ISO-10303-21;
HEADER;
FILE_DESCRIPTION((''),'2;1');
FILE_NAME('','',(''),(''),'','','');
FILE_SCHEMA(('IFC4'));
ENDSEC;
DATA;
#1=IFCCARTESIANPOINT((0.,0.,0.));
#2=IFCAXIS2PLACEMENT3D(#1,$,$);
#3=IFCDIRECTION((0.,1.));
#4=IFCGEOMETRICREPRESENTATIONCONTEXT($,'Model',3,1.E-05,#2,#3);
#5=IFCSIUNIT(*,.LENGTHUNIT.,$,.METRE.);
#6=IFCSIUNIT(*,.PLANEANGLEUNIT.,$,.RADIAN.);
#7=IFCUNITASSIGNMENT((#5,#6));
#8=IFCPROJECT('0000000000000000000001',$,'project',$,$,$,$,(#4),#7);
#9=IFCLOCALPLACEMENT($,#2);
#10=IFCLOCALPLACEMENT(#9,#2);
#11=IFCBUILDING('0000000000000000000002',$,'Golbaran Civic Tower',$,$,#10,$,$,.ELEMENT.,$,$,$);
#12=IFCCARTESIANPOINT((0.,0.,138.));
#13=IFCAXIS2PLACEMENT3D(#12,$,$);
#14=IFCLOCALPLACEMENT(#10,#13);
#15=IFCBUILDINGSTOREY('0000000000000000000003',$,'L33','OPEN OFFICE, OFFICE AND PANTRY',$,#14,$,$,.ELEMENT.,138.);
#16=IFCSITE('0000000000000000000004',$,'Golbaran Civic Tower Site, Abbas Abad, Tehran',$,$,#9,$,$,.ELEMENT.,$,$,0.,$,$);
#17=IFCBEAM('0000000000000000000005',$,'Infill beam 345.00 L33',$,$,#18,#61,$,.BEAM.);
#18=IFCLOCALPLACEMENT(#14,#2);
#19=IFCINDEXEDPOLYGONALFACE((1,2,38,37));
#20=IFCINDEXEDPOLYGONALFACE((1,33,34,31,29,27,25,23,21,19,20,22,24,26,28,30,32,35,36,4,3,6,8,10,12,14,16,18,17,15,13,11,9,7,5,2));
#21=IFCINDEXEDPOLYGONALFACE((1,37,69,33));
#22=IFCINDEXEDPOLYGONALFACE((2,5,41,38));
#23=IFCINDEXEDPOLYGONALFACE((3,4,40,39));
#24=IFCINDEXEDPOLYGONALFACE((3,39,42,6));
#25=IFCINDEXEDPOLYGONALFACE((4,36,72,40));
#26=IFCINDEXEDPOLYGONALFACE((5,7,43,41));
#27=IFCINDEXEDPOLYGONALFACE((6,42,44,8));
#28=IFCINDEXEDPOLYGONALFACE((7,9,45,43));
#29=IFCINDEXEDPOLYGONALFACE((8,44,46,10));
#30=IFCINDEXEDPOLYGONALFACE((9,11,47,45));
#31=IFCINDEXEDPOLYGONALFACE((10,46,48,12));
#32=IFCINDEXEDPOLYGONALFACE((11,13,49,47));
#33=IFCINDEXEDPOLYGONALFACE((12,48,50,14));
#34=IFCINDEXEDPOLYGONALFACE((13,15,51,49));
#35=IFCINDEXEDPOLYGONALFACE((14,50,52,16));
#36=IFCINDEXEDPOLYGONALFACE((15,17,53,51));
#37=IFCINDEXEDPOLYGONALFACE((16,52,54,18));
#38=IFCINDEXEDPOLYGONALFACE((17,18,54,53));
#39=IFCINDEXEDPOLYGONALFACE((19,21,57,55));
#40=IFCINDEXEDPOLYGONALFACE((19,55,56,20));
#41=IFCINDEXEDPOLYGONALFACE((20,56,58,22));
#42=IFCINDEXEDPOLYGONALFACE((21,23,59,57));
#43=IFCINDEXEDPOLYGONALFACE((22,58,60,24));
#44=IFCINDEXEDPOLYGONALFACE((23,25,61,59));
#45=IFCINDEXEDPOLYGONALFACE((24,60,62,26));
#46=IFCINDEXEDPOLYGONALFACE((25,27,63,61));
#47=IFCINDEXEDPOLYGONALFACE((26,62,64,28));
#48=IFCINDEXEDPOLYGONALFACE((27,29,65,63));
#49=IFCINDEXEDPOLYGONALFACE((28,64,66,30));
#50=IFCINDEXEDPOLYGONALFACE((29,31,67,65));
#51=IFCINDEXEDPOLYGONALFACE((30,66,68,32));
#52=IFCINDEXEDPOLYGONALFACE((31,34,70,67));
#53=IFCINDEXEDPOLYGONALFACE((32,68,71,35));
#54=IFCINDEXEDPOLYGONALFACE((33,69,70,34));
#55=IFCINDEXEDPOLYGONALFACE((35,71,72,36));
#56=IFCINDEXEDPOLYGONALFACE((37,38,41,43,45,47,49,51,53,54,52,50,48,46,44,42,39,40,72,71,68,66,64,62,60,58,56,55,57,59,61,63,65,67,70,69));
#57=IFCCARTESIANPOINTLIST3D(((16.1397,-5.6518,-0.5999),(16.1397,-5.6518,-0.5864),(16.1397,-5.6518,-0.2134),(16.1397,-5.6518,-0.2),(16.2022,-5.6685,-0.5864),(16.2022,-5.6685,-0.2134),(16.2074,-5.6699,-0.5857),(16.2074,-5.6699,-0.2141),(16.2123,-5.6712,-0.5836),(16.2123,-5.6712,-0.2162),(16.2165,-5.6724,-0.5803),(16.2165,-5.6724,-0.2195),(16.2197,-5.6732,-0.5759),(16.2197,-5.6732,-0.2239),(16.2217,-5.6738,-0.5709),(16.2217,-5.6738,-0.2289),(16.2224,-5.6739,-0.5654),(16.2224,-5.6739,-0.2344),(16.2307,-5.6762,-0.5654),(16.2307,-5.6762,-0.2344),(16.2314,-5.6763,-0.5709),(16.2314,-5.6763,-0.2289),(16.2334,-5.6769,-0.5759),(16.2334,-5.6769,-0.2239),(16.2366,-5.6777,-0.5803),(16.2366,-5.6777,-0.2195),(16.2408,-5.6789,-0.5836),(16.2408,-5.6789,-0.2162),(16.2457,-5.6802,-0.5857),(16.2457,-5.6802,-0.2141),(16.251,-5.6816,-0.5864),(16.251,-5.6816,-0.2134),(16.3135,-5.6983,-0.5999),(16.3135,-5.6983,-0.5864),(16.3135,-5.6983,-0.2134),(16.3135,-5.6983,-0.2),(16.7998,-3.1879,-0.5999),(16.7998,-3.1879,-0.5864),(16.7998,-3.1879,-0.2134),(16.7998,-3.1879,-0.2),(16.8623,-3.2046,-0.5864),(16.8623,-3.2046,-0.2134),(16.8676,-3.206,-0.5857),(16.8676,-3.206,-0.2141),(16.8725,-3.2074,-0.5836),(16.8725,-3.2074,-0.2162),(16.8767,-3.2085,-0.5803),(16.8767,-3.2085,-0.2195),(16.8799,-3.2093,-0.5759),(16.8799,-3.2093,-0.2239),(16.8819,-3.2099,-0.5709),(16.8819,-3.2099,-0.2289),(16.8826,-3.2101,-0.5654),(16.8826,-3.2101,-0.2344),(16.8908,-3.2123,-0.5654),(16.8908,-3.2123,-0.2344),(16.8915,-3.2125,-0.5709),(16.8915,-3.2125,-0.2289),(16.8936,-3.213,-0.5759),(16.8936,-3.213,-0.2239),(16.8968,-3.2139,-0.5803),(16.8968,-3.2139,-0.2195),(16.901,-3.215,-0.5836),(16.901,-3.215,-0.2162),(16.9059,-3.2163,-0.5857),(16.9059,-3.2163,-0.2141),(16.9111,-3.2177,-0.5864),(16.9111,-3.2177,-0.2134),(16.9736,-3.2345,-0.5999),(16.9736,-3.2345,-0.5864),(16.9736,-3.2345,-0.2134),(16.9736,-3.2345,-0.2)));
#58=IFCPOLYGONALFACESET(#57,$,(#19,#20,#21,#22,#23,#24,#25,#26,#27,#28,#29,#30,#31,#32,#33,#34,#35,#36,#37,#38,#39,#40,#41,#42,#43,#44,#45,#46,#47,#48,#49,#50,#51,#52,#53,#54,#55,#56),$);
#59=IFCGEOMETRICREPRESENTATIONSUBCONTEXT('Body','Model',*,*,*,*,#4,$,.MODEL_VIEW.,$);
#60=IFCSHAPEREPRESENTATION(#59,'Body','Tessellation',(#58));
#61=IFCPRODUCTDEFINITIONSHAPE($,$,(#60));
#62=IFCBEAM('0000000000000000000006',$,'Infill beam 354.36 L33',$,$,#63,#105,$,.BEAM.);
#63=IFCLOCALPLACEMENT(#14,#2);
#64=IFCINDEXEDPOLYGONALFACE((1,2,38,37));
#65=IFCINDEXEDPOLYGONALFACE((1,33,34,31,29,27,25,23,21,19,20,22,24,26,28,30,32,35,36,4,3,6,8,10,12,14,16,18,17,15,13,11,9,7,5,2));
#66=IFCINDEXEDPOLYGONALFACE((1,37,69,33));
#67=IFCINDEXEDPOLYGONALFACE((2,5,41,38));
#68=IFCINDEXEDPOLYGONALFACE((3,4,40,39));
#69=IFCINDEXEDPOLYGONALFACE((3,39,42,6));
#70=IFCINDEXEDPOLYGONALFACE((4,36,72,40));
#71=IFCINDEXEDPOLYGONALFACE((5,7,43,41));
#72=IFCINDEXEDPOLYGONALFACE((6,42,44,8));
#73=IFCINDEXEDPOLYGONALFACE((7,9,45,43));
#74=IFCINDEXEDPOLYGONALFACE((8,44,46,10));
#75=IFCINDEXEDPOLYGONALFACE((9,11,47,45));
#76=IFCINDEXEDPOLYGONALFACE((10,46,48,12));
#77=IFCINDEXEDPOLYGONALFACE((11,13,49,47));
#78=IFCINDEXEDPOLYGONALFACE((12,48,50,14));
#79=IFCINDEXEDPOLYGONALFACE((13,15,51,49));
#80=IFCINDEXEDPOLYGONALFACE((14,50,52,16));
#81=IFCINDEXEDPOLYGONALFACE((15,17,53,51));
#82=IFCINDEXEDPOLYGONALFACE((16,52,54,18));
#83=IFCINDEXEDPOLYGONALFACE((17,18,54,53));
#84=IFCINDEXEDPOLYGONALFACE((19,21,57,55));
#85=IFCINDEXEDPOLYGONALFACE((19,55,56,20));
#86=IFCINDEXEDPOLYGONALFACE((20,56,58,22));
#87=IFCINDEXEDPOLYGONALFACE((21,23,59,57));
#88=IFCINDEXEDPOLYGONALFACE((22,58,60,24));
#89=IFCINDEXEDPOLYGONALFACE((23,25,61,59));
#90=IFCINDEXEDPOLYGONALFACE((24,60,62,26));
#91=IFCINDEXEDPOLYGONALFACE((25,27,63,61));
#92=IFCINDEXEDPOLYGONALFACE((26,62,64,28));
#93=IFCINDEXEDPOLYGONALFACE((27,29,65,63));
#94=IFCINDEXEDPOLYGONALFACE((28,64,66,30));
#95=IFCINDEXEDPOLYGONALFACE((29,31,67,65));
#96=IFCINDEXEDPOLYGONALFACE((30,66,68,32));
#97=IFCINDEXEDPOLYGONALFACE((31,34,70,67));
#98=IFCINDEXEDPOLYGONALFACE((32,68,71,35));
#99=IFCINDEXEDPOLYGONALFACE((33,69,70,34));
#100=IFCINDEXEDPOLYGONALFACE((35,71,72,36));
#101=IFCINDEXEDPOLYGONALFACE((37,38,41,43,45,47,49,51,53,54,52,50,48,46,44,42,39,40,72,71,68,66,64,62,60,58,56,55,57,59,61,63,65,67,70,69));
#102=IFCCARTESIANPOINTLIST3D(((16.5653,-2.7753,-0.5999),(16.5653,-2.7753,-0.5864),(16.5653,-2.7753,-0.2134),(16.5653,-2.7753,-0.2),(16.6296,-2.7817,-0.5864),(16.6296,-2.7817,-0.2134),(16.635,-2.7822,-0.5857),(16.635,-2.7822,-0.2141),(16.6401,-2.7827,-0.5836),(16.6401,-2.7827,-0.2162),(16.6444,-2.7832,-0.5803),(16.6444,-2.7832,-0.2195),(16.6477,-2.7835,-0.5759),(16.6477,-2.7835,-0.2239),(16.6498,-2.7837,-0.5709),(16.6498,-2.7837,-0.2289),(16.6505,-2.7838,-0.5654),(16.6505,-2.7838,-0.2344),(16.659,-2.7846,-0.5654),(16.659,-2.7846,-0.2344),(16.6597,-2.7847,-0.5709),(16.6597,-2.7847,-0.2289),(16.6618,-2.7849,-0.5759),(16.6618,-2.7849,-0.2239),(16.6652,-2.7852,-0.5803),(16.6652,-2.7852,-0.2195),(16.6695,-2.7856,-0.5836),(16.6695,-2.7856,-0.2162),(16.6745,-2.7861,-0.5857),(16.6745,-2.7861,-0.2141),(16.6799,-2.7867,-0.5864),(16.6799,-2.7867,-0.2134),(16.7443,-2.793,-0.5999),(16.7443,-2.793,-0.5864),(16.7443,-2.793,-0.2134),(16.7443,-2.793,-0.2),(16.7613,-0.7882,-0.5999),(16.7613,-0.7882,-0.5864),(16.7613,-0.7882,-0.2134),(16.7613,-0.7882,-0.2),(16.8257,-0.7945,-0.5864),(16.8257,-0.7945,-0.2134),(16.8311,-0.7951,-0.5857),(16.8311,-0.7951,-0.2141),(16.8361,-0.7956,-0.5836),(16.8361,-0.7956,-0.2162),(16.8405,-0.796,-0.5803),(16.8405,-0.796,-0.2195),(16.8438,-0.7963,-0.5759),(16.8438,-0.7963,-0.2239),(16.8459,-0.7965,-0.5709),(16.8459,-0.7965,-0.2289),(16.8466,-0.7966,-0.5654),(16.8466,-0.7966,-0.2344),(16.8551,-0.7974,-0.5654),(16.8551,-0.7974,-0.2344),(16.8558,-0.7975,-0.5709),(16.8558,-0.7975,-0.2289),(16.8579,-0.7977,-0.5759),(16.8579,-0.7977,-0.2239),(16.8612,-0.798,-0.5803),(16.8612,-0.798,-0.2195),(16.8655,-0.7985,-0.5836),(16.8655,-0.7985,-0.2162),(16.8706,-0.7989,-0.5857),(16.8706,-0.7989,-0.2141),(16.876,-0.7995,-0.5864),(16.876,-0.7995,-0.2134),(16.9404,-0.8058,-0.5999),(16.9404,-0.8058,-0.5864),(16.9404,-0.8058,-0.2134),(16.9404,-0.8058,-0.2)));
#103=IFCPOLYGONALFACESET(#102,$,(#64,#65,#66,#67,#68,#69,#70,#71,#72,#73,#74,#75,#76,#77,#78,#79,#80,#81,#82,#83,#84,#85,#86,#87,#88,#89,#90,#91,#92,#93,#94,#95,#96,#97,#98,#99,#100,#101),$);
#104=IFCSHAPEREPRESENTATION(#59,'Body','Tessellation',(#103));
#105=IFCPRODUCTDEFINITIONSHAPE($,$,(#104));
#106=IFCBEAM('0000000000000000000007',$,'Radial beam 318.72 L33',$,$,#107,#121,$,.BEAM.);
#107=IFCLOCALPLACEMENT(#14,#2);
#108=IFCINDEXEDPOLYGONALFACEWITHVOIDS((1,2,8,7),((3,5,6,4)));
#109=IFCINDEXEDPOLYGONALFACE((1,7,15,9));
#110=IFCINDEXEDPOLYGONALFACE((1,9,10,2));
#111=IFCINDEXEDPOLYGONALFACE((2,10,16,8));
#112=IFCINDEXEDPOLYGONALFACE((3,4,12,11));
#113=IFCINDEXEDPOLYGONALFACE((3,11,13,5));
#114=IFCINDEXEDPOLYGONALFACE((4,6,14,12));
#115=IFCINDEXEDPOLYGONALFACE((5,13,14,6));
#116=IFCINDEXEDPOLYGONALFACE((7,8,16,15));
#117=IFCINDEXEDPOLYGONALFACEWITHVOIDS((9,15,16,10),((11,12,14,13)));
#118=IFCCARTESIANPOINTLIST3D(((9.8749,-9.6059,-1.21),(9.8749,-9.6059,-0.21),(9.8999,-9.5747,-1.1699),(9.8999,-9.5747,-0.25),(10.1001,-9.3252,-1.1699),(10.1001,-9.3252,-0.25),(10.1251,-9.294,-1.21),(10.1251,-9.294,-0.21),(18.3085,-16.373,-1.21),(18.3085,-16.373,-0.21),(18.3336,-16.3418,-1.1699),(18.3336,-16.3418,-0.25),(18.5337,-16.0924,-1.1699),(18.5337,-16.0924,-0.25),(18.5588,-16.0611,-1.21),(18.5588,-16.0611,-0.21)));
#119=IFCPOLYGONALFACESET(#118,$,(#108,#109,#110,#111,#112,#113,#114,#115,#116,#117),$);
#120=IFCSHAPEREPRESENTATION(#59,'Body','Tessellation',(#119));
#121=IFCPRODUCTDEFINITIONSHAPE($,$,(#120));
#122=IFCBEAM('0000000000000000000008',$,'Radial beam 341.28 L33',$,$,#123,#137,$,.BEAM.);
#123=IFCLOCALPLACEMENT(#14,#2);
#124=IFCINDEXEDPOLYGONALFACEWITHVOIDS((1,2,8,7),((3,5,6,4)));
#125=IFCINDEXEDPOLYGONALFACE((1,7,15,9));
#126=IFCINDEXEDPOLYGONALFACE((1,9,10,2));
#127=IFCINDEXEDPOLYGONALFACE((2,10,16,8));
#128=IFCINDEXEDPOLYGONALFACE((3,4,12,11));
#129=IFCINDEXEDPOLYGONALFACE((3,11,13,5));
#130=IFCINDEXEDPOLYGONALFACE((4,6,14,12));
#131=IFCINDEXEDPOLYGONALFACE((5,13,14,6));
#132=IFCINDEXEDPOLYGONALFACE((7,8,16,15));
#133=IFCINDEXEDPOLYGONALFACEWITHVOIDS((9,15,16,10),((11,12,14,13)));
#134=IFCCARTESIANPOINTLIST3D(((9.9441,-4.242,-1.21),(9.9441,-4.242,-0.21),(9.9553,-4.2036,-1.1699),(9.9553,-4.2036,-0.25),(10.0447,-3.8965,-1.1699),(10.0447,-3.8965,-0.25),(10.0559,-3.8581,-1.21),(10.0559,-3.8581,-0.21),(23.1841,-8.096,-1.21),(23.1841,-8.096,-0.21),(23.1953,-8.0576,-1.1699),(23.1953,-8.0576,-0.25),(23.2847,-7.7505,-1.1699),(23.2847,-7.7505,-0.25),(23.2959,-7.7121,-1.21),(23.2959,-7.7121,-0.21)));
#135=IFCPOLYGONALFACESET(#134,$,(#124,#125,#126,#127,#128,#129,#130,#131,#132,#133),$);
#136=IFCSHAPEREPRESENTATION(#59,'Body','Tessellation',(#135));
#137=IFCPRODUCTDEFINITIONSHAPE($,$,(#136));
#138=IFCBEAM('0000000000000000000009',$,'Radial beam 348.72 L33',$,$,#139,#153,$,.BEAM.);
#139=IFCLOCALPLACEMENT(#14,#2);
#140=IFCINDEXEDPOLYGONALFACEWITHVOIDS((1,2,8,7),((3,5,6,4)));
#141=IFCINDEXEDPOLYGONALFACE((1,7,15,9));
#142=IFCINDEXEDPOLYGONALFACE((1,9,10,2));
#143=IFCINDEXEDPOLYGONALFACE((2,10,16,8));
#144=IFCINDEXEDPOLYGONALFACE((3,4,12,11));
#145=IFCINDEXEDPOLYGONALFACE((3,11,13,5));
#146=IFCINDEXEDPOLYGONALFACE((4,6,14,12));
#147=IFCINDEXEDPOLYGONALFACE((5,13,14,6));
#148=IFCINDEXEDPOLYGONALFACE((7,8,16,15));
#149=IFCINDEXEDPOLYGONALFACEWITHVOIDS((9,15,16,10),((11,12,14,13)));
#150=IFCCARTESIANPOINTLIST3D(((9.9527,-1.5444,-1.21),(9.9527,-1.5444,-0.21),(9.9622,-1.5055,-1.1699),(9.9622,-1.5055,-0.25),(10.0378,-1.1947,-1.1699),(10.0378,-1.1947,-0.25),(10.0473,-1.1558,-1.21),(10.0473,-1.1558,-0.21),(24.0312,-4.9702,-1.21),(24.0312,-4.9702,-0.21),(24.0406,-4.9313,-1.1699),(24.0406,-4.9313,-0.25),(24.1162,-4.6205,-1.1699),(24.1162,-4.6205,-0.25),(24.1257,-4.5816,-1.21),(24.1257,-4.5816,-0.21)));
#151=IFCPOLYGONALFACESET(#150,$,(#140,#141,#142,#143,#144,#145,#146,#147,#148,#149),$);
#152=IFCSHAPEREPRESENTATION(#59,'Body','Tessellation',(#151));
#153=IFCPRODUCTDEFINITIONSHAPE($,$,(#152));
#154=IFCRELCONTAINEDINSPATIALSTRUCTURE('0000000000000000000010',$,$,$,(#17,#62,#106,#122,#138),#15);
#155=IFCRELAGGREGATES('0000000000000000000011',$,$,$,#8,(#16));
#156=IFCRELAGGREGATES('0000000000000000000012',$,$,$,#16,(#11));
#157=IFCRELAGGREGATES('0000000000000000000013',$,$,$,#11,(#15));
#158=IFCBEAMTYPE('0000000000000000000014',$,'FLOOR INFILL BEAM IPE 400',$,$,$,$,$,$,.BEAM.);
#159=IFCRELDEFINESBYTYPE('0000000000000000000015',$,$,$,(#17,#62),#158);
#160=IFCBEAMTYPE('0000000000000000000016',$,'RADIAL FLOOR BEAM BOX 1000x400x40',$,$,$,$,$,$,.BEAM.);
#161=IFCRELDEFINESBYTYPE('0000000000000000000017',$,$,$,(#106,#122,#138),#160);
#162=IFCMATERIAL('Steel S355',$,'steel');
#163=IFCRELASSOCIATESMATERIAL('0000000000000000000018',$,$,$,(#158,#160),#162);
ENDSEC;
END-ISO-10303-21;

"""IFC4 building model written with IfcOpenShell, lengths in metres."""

from ifc_helpers import new_model, si_unit, direction, frame, origin, origin_2d, place, context, subcontext, project, spatial, hollow_rectangle, i_section, extrude, material, material_profile, profile_set, type_object, element, save


model = new_model("IFC4")

# Units and contexts
model_context = context("Model", 3, precision=1e-05, world=origin(), true_north=direction((0.0, 1.0)))
body_context = subcontext(model_context, "Body", "Model", "MODEL_VIEW")
ifc_project = project(units=[si_unit("LENGTHUNIT", "METRE"), si_unit("PLANEANGLEUNIT", "RADIAN")], contexts=[model_context])

# Site, building, storey
site_placement = place(None, origin())
site = spatial("IfcSite", under=ifc_project, at=site_placement, Name="Golbaran Civic Tower Site, Abbas Abad, Tehran", CompositionType="ELEMENT", RefElevation=0.0)
building_placement = place(site_placement, origin())
building = spatial("IfcBuilding", under=site, at=building_placement, Name="Golbaran Civic Tower", CompositionType="ELEMENT")
storey_placement = place(building_placement, frame((0.0, 0.0, 138.0)))
storey = spatial("IfcBuildingStorey", under=building, at=storey_placement, Name="L33", Description="OPEN OFFICE, OFFICE AND PANTRY", CompositionType="ELEMENT", Elevation=138.0)

# Beams
ifc_material_1 = material(Name="Steel S355", Category="steel")
ifc_material_profile_1 = material_profile(ifc_material_1, i_section(OverallWidth=0.1799, OverallDepth=0.3999, WebThickness=0.0085, FlangeThickness=0.0134, FilletRadius=0.021, at=origin_2d()), Name="IPE 400")
ifc_profile_set_1 = profile_set([ifc_material_profile_1], Name="Steel S355")
beam_type_1 = type_object("IfcBeamType", Name="FLOOR INFILL BEAM IPE 400", PredefinedType="BEAM", material=ifc_profile_set_1)
beam_1_placement = place(storey_placement, frame((16.2266, -5.675, -0.3999), z_axis=(0.258806, 0.965929, 0.0), x_axis=(-0.965929, 0.258806, 0.0)))
element("IfcBeam", 1, at=beam_1_placement, inside=storey, type_object=beam_type_1, Name="Infill beam 345.00 L33", PredefinedType="BEAM", context=body_context, shape_type="SweptSolid", body=[
    extrude(i_section(OverallWidth=0.1799, OverallDepth=0.3999, WebThickness=0.0085, FlangeThickness=0.0134, FilletRadius=0.021, at=origin_2d()), origin(), (0.0, 0.0, 1.0), 2.5508),
])
beam_2_placement = place(storey_placement, frame((16.6548, -2.7842, -0.3999), z_axis=(0.098184, 0.995168, 0.0), x_axis=(-0.995168, 0.098184, 0.0)))
element("IfcBeam", 2, at=beam_2_placement, inside=storey, type_object=beam_type_1, Name="Infill beam 354.36 L33", PredefinedType="BEAM", context=body_context, shape_type="SweptSolid", body=[
    extrude(i_section(OverallWidth=0.1799, OverallDepth=0.3999, WebThickness=0.0085, FlangeThickness=0.0134, FilletRadius=0.021, at=origin_2d()), origin(), (0.0, 0.0, 1.0), 1.9968),
])
ifc_material_profile_2 = material_profile(ifc_material_1, hollow_rectangle(XDim=0.3999, YDim=1.0, WallThickness=0.04, at=origin_2d()), Name="BOX 1000x400x40")
ifc_profile_set_2 = profile_set([ifc_material_profile_2], Name="Steel S355")
beam_type_2 = type_object("IfcBeamType", Name="RADIAL FLOOR BEAM BOX 1000x400x40", PredefinedType="BEAM", material=ifc_profile_set_2)
beam_3_placement = place(storey_placement, frame((10.0, -9.45, -0.71), z_axis=(0.779956, -0.625834, 0.0), x_axis=(0.625834, 0.779956, 0.0)))
element("IfcBeam", 3, at=beam_3_placement, inside=storey, type_object=beam_type_2, Name="Radial beam 318.72 L33", PredefinedType="BEAM", context=body_context, shape_type="SweptSolid", body=[
    extrude(hollow_rectangle(XDim=0.3999, YDim=1.0, WallThickness=0.04, at=origin_2d()), origin(), (0.0, 0.0, 1.0), 10.813),
])
beam_4_placement = place(storey_placement, frame((10.0, -4.05, -0.71), z_axis=(0.960149, -0.279488, 0.0), x_axis=(0.279488, 0.960149, 0.0)))
element("IfcBeam", 4, at=beam_4_placement, inside=storey, type_object=beam_type_2, Name="Radial beam 341.28 L33", PredefinedType="BEAM", context=body_context, shape_type="SweptSolid", body=[
    extrude(hollow_rectangle(XDim=0.3999, YDim=1.0, WallThickness=0.04, at=origin_2d()), origin(), (0.0, 0.0, 1.0), 13.7896),
])
beam_5_placement = place(storey_placement, frame((10.0, -1.3501, -0.71), z_axis=(0.971647, -0.236437, 0.0), x_axis=(0.236437, 0.971647, 0.0)))
element("IfcBeam", 5, at=beam_5_placement, inside=storey, type_object=beam_type_2, Name="Radial beam 348.72 L33", PredefinedType="BEAM", context=body_context, shape_type="SweptSolid", body=[
    extrude(hollow_rectangle(XDim=0.3999, YDim=1.0, WallThickness=0.04, at=origin_2d()), origin(), (0.0, 0.0, 1.0), 14.4893),
])

save(model, "model.ifc")
